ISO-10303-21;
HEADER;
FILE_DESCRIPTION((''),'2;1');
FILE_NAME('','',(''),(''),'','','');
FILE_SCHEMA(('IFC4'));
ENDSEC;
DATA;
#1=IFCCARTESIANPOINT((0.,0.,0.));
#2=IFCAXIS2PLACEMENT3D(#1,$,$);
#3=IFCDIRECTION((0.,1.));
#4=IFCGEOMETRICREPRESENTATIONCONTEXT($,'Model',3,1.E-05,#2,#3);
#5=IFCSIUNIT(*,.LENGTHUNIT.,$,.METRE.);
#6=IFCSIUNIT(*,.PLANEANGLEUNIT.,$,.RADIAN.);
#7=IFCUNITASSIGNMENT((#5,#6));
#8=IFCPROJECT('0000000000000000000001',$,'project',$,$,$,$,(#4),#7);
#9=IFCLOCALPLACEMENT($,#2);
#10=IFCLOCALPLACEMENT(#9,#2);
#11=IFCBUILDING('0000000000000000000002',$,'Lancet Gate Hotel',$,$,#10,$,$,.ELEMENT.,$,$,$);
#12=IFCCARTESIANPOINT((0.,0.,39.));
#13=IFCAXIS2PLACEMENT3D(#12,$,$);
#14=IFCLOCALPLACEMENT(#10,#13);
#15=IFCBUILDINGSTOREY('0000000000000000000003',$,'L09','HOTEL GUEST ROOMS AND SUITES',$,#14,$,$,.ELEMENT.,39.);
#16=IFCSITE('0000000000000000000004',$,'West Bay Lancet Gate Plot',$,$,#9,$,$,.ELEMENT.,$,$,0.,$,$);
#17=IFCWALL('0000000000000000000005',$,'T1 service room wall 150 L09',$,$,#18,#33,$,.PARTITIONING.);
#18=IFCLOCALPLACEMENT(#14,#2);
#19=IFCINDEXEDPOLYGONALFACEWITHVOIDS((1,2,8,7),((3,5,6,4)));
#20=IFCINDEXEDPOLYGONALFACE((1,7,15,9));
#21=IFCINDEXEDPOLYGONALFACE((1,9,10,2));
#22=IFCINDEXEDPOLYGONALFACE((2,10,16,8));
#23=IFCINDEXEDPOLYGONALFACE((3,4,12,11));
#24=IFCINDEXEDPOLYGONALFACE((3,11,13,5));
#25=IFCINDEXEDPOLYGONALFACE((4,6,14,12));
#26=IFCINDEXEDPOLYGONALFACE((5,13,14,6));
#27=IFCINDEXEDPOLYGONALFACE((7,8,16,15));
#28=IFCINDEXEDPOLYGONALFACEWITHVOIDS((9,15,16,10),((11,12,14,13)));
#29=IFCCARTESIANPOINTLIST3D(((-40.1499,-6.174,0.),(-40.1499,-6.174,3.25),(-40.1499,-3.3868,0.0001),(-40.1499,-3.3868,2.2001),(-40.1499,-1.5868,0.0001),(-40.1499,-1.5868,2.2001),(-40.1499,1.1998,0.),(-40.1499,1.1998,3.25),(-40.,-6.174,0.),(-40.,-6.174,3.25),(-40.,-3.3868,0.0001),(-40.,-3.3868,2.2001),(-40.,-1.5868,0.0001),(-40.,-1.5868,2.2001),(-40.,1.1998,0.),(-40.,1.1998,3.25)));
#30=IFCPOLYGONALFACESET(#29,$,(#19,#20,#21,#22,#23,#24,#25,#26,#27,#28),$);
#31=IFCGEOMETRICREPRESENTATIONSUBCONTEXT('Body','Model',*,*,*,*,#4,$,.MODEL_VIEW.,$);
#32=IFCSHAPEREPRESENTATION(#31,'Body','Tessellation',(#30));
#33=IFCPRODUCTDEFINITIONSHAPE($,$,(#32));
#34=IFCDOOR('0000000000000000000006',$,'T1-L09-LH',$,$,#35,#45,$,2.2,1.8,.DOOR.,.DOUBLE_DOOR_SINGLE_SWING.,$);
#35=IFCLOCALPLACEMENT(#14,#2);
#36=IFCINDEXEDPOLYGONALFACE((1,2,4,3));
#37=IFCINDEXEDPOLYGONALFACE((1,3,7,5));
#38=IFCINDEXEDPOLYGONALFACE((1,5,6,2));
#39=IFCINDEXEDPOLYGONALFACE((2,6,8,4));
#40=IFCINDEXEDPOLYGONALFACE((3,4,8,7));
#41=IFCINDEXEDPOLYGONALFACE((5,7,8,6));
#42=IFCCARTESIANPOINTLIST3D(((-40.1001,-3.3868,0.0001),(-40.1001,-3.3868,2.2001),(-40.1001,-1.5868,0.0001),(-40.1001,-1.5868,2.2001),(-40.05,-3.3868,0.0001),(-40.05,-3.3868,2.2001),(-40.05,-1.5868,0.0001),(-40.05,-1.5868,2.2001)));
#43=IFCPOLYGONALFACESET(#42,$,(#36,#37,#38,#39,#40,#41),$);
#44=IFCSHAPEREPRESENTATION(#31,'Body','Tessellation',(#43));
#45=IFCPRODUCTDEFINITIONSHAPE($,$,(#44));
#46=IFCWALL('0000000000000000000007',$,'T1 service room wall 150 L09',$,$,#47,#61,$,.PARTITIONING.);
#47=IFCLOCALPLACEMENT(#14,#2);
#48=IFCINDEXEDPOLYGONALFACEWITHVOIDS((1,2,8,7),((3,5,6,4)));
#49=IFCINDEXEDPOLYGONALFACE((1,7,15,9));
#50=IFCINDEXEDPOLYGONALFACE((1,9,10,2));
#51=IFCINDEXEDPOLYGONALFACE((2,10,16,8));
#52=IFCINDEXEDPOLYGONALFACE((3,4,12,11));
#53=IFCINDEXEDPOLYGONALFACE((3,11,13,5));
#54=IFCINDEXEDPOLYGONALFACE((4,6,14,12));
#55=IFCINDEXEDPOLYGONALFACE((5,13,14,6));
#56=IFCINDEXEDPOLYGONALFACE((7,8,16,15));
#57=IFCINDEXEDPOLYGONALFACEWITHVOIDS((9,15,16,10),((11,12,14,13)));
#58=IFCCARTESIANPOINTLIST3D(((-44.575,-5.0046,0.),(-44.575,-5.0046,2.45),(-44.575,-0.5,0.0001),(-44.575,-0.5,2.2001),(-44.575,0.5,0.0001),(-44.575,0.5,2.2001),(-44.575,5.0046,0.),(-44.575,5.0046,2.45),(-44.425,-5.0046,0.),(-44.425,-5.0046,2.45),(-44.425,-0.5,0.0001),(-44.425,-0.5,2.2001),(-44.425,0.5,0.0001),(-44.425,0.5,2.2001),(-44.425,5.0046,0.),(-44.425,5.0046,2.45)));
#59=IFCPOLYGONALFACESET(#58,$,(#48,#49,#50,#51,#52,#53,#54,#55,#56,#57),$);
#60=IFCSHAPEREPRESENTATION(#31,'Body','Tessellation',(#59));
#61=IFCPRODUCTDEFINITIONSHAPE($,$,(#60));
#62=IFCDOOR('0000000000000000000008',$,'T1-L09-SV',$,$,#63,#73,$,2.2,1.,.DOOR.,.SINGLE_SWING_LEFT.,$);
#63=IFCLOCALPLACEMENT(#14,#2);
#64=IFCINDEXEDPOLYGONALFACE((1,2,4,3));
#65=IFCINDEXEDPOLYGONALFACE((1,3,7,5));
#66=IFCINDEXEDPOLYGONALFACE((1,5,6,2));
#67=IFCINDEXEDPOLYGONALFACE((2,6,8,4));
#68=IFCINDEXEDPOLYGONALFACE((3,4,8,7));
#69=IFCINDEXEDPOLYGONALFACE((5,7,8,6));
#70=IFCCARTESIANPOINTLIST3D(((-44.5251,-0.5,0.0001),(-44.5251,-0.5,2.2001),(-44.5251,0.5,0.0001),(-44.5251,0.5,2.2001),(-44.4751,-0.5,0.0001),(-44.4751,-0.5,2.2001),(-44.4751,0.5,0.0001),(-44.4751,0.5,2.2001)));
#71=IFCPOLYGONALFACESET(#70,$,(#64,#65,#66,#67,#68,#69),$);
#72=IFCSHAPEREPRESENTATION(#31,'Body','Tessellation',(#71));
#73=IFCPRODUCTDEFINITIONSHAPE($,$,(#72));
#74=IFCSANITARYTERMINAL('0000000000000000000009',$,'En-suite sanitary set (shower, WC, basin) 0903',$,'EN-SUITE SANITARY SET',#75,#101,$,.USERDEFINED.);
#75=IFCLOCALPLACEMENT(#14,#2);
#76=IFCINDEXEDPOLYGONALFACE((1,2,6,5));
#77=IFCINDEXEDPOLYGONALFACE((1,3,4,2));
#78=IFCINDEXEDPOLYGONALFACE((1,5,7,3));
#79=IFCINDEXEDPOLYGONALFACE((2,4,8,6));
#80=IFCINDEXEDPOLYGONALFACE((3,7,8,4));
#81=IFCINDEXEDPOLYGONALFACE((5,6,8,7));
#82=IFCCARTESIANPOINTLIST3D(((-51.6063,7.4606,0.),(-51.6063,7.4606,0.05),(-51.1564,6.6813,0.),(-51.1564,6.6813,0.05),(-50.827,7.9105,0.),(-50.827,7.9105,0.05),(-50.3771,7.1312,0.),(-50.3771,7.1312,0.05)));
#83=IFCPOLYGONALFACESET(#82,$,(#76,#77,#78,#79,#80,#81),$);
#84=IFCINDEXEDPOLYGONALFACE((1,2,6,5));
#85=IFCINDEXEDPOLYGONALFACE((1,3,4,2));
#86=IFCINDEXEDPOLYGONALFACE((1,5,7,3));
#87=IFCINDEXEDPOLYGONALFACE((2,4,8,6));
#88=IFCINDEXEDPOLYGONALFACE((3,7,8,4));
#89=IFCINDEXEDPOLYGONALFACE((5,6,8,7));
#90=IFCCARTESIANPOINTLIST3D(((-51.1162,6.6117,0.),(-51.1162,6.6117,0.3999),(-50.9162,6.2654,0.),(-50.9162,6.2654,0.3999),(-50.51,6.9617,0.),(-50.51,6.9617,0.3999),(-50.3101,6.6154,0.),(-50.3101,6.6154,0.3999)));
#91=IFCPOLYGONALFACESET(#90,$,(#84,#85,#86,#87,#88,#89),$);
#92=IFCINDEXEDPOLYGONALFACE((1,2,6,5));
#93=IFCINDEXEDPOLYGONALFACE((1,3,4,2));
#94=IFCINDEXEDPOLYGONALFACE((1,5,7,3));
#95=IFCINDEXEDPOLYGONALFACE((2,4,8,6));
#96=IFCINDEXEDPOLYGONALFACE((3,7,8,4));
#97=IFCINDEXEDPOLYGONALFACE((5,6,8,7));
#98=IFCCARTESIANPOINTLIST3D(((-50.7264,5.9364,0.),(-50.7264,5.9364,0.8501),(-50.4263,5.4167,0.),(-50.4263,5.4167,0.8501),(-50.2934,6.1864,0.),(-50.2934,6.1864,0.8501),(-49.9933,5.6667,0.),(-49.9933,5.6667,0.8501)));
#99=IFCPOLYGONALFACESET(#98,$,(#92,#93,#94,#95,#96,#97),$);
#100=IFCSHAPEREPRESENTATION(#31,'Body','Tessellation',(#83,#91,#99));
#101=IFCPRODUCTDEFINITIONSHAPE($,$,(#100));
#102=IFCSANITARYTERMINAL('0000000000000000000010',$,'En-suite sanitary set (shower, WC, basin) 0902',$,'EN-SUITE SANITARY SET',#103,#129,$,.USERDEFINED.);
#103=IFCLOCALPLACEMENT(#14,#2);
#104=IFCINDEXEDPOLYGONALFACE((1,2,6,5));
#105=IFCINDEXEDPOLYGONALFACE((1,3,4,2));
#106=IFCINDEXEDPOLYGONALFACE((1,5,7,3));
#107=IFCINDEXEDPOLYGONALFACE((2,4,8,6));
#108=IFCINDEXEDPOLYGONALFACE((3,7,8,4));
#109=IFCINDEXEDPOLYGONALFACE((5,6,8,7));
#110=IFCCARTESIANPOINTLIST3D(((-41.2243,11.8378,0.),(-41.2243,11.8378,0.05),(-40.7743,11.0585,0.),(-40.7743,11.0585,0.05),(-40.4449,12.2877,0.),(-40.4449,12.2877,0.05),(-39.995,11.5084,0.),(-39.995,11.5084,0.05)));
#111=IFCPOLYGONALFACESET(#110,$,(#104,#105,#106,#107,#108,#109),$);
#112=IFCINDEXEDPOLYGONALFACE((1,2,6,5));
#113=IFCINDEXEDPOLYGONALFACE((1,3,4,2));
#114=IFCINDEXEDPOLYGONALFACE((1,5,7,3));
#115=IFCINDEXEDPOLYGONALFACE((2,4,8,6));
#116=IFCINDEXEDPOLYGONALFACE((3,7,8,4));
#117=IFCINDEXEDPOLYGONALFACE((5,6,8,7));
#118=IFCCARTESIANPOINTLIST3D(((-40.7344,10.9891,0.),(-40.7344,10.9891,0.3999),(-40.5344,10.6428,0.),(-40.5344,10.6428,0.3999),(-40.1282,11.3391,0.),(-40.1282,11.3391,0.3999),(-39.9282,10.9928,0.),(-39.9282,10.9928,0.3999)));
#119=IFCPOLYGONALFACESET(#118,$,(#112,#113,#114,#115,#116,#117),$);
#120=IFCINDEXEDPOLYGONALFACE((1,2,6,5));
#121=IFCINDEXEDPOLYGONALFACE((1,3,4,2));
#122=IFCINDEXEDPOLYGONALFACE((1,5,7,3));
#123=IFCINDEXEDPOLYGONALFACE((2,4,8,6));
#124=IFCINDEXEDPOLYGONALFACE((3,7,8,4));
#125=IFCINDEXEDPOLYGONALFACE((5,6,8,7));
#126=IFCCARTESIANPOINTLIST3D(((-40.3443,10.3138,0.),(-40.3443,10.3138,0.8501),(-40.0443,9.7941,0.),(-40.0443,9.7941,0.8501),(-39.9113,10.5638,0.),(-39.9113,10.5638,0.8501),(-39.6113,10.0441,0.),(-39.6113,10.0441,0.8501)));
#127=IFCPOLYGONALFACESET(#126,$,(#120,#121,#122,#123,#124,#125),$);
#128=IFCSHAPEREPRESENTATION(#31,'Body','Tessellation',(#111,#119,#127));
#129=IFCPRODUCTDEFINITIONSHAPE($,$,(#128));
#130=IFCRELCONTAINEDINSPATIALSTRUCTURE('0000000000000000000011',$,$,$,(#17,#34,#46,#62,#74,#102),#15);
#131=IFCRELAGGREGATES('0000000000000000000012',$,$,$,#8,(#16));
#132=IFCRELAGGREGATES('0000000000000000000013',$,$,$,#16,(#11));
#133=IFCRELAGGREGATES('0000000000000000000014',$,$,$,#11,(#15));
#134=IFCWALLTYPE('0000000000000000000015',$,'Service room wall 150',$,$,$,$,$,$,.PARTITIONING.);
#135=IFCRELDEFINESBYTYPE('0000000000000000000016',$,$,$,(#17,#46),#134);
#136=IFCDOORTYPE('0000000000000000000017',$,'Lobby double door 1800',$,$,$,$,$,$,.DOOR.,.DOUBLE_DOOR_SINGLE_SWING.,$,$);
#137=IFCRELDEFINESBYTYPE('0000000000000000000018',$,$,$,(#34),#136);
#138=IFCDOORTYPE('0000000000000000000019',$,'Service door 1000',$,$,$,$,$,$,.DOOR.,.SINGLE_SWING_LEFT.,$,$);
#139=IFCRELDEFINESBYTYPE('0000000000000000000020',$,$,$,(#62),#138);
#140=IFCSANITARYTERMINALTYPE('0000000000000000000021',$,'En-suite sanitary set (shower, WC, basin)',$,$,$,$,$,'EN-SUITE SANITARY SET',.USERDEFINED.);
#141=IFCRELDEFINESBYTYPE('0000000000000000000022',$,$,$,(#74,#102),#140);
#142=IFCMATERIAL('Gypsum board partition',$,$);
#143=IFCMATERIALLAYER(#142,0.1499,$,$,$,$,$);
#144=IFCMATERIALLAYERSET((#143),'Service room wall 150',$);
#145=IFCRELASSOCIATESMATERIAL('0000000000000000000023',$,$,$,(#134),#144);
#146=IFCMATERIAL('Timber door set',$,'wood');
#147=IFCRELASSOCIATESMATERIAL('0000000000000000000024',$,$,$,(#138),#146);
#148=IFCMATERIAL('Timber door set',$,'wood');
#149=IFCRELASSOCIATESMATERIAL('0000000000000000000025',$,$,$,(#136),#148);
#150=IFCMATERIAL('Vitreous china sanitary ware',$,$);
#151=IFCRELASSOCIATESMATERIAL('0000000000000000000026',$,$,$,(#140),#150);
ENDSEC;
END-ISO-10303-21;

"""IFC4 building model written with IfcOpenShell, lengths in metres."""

from ifc_helpers import new_model, si_unit, direction, frame, frame_2d, origin, origin_2d, place, context, subcontext, project, spatial, rectangle, extrude, material, layer, layer_set, type_object, element, fill, save


model = new_model("IFC4")

# Units and contexts
model_context = context("Model", 3, precision=1e-05, world=origin(), true_north=direction((0.0, 1.0)))
body_context = subcontext(model_context, "Body", "Model", "MODEL_VIEW")
ifc_project = project(units=[si_unit("LENGTHUNIT", "METRE"), si_unit("PLANEANGLEUNIT", "RADIAN")], contexts=[model_context])

# Site, building, storey
site_placement = place(None, origin())
site = spatial("IfcSite", under=ifc_project, at=site_placement, Name="West Bay Lancet Gate Plot", CompositionType="ELEMENT", RefElevation=0.0)
building_placement = place(site_placement, origin())
building = spatial("IfcBuilding", under=site, at=building_placement, Name="Lancet Gate Hotel", CompositionType="ELEMENT")
storey_placement = place(building_placement, frame((0.0, 0.0, 39.0)))
storey = spatial("IfcBuildingStorey", under=building, at=storey_placement, Name="L09", Description="HOTEL GUEST ROOMS AND SUITES", CompositionType="ELEMENT", Elevation=39.0)

# Walls, openings, doors
ifc_material_1 = material(Name="Gypsum board partition")
ifc_layer_1 = layer(ifc_material_1, 0.1499)
ifc_layer_set_1 = layer_set([ifc_layer_1], Name="Service room wall 150")
wall_type_1 = type_object("IfcWallType", Name="Service room wall 150", PredefinedType="PARTITIONING", material=ifc_layer_set_1)
ifc_material_2 = material(Name="Timber door set", Category="wood")
door_type_1 = type_object("IfcDoorType", Name="Service door 1000", OperationType="SINGLE_SWING_LEFT", PredefinedType="DOOR", material=ifc_material_2)
wall_1_placement = place(storey_placement, frame((-40.075, 1.2, 0.0), z_axis=(0.0, 0.0, 1.0), x_axis=(0.0, -1.0, 0.0)))
wall_1 = element("IfcWall", 1, at=wall_1_placement, inside=storey, type_object=wall_type_1, Name="T1 service room wall 150 L09", PredefinedType="PARTITIONING", context=body_context, shape_type="SweptSolid", body=[
    extrude(rectangle(XDim=7.3738, YDim=0.1499, at=frame_2d((3.687, 0.0))), origin(), (0.0, 0.0, 1.0), 3.25),
])
opening_1_placement = place(wall_1_placement, frame((2.7869, 0.0, 0.0)))
opening_1 = element("IfcOpeningElement", 2, at=opening_1_placement, cuts=wall_1, PredefinedType="OPENING", context=body_context, shape_type="SweptSolid", body=[
    extrude(rectangle(XDim=1.8, YDim=2.2, at=frame_2d((0.8999, 1.1001))), frame((0.0, 0.085, 0.0), z_axis=(0.0, -1.0, 0.0), x_axis=(1.0, 0.0, 0.0)), (0.0, 0.0, 1.0), 0.1699),
])
ifc_material_3 = material(Name="Timber door set", Category="wood")
door_type_2 = type_object("IfcDoorType", Name="Lobby double door 1800", OperationType="DOUBLE_DOOR_SINGLE_SWING", PredefinedType="DOOR", material=ifc_material_3)
door_1_placement = place(opening_1_placement, origin())
door_1 = element("IfcDoor", 3, at=door_1_placement, inside=storey, type_object=door_type_2, Name="T1-L09-LH", OperationType="DOUBLE_DOOR_SINGLE_SWING", OverallHeight=2.2, OverallWidth=1.8, PredefinedType="DOOR", context=body_context, shape_type="SweptSolid", body=[
    extrude(rectangle(XDim=1.8, YDim=2.2, at=frame_2d((0.8999, 1.1001))), frame((0.0, 0.0249, 0.0), z_axis=(0.0, -1.0, 0.0), x_axis=(1.0, 0.0, 0.0)), (0.0, 0.0, 1.0), 0.05),
])
fill(opening_1, door_1)
wall_2_placement = place(storey_placement, frame((-44.5, 5.0046, 0.0), z_axis=(0.0, 0.0, 1.0), x_axis=(0.0, -1.0, 0.0)))
wall_2 = element("IfcWall", 4, at=wall_2_placement, inside=storey, type_object=wall_type_1, Name="T1 service room wall 150 L09", PredefinedType="PARTITIONING", context=body_context, shape_type="SweptSolid", body=[
    extrude(rectangle(XDim=10.0093, YDim=0.1499, at=frame_2d((5.0046, 0.0))), origin(), (0.0, 0.0, 1.0), 2.45),
])
opening_2_placement = place(wall_2_placement, frame((4.5046, 0.0, 0.0)))
opening_2 = element("IfcOpeningElement", 5, at=opening_2_placement, cuts=wall_2, PredefinedType="OPENING", context=body_context, shape_type="SweptSolid", body=[
    extrude(rectangle(XDim=1.0, YDim=2.2, at=frame_2d((0.5, 1.1001))), frame((0.0, 0.085, 0.0), z_axis=(0.0, -1.0, 0.0), x_axis=(1.0, 0.0, 0.0)), (0.0, 0.0, 1.0), 0.1699),
])
door_2_placement = place(opening_2_placement, origin())
door_2 = element("IfcDoor", 6, at=door_2_placement, inside=storey, type_object=door_type_1, Name="T1-L09-SV", OperationType="SINGLE_SWING_LEFT", OverallHeight=2.2, OverallWidth=1.0, PredefinedType="DOOR", context=body_context, shape_type="SweptSolid", body=[
    extrude(rectangle(XDim=1.0, YDim=2.2, at=frame_2d((0.5, 1.1001))), frame((0.0, 0.0249, 0.0), z_axis=(0.0, -1.0, 0.0), x_axis=(1.0, 0.0, 0.0)), (0.0, 0.0, 1.0), 0.05),
])
fill(opening_2, door_2)

# Sanitary terminals
ifc_material_4 = material(Name="Vitreous china sanitary ware")
sanitary_terminal_type = type_object("IfcSanitaryTerminalType", Name="En-suite sanitary set (shower, WC, basin)", ElementType="EN-SUITE SANITARY SET", PredefinedType="USERDEFINED", material=ifc_material_4)
sanitary_terminal_1_placement = place(storey_placement, frame((-50.9917, 7.2959, 0.0), z_axis=(0.0, 0.0, 1.0), x_axis=(1.0, 0.0, 0.0)))
element("IfcSanitaryTerminal", 7, at=sanitary_terminal_1_placement, inside=storey, type_object=sanitary_terminal_type, Name="En-suite sanitary set (shower, WC, basin) 0903", ObjectType="EN-SUITE SANITARY SET", PredefinedType="USERDEFINED", context=body_context, shape_type="SweptSolid", body=[
    extrude(rectangle(XDim=0.8999, YDim=0.8999, at=origin_2d()), frame((0.0, 0.0, 0.0), z_axis=(0.0, 0.0, 1.0), x_axis=(-0.5, 0.866025, 0.0)), (0.0, 0.0, 1.0), 0.05),
    extrude(rectangle(XDim=0.3999, YDim=0.7, at=origin_2d()), frame((0.2786, -0.6824, 0.0), z_axis=(0.0, 0.0, 1.0), x_axis=(-0.5, 0.866025, 0.0)), (0.0, 0.0, 1.0), 0.3999),
    extrude(rectangle(XDim=0.6001, YDim=0.5, at=origin_2d()), frame((0.6318, -1.4944, 0.0), z_axis=(0.0, 0.0, 1.0), x_axis=(-0.5, 0.866025, 0.0)), (0.0, 0.0, 1.0), 0.8501),
])
sanitary_terminal_2_placement = place(storey_placement, frame((-40.6096, 11.6731, 0.0), z_axis=(0.0, 0.0, 1.0), x_axis=(1.0, 0.0, 0.0)))
element("IfcSanitaryTerminal", 8, at=sanitary_terminal_2_placement, inside=storey, type_object=sanitary_terminal_type, Name="En-suite sanitary set (shower, WC, basin) 0902", ObjectType="EN-SUITE SANITARY SET", PredefinedType="USERDEFINED", context=body_context, shape_type="SweptSolid", body=[
    extrude(rectangle(XDim=0.8999, YDim=0.8999, at=origin_2d()), frame((0.0, 0.0, 0.0), z_axis=(0.0, 0.0, 1.0), x_axis=(-0.5, 0.866025, 0.0)), (0.0, 0.0, 1.0), 0.05),
    extrude(rectangle(XDim=0.3999, YDim=0.7, at=origin_2d()), frame((0.2783, -0.6821, 0.0), z_axis=(0.0, 0.0, 1.0), x_axis=(-0.5, 0.866025, 0.0)), (0.0, 0.0, 1.0), 0.3999),
    extrude(rectangle(XDim=0.6001, YDim=0.5, at=origin_2d()), frame((0.6318, -1.4941, 0.0), z_axis=(0.0, 0.0, 1.0), x_axis=(-0.5, 0.866025, 0.0)), (0.0, 0.0, 1.0), 0.8501),
])

save(model, "model.ifc")
